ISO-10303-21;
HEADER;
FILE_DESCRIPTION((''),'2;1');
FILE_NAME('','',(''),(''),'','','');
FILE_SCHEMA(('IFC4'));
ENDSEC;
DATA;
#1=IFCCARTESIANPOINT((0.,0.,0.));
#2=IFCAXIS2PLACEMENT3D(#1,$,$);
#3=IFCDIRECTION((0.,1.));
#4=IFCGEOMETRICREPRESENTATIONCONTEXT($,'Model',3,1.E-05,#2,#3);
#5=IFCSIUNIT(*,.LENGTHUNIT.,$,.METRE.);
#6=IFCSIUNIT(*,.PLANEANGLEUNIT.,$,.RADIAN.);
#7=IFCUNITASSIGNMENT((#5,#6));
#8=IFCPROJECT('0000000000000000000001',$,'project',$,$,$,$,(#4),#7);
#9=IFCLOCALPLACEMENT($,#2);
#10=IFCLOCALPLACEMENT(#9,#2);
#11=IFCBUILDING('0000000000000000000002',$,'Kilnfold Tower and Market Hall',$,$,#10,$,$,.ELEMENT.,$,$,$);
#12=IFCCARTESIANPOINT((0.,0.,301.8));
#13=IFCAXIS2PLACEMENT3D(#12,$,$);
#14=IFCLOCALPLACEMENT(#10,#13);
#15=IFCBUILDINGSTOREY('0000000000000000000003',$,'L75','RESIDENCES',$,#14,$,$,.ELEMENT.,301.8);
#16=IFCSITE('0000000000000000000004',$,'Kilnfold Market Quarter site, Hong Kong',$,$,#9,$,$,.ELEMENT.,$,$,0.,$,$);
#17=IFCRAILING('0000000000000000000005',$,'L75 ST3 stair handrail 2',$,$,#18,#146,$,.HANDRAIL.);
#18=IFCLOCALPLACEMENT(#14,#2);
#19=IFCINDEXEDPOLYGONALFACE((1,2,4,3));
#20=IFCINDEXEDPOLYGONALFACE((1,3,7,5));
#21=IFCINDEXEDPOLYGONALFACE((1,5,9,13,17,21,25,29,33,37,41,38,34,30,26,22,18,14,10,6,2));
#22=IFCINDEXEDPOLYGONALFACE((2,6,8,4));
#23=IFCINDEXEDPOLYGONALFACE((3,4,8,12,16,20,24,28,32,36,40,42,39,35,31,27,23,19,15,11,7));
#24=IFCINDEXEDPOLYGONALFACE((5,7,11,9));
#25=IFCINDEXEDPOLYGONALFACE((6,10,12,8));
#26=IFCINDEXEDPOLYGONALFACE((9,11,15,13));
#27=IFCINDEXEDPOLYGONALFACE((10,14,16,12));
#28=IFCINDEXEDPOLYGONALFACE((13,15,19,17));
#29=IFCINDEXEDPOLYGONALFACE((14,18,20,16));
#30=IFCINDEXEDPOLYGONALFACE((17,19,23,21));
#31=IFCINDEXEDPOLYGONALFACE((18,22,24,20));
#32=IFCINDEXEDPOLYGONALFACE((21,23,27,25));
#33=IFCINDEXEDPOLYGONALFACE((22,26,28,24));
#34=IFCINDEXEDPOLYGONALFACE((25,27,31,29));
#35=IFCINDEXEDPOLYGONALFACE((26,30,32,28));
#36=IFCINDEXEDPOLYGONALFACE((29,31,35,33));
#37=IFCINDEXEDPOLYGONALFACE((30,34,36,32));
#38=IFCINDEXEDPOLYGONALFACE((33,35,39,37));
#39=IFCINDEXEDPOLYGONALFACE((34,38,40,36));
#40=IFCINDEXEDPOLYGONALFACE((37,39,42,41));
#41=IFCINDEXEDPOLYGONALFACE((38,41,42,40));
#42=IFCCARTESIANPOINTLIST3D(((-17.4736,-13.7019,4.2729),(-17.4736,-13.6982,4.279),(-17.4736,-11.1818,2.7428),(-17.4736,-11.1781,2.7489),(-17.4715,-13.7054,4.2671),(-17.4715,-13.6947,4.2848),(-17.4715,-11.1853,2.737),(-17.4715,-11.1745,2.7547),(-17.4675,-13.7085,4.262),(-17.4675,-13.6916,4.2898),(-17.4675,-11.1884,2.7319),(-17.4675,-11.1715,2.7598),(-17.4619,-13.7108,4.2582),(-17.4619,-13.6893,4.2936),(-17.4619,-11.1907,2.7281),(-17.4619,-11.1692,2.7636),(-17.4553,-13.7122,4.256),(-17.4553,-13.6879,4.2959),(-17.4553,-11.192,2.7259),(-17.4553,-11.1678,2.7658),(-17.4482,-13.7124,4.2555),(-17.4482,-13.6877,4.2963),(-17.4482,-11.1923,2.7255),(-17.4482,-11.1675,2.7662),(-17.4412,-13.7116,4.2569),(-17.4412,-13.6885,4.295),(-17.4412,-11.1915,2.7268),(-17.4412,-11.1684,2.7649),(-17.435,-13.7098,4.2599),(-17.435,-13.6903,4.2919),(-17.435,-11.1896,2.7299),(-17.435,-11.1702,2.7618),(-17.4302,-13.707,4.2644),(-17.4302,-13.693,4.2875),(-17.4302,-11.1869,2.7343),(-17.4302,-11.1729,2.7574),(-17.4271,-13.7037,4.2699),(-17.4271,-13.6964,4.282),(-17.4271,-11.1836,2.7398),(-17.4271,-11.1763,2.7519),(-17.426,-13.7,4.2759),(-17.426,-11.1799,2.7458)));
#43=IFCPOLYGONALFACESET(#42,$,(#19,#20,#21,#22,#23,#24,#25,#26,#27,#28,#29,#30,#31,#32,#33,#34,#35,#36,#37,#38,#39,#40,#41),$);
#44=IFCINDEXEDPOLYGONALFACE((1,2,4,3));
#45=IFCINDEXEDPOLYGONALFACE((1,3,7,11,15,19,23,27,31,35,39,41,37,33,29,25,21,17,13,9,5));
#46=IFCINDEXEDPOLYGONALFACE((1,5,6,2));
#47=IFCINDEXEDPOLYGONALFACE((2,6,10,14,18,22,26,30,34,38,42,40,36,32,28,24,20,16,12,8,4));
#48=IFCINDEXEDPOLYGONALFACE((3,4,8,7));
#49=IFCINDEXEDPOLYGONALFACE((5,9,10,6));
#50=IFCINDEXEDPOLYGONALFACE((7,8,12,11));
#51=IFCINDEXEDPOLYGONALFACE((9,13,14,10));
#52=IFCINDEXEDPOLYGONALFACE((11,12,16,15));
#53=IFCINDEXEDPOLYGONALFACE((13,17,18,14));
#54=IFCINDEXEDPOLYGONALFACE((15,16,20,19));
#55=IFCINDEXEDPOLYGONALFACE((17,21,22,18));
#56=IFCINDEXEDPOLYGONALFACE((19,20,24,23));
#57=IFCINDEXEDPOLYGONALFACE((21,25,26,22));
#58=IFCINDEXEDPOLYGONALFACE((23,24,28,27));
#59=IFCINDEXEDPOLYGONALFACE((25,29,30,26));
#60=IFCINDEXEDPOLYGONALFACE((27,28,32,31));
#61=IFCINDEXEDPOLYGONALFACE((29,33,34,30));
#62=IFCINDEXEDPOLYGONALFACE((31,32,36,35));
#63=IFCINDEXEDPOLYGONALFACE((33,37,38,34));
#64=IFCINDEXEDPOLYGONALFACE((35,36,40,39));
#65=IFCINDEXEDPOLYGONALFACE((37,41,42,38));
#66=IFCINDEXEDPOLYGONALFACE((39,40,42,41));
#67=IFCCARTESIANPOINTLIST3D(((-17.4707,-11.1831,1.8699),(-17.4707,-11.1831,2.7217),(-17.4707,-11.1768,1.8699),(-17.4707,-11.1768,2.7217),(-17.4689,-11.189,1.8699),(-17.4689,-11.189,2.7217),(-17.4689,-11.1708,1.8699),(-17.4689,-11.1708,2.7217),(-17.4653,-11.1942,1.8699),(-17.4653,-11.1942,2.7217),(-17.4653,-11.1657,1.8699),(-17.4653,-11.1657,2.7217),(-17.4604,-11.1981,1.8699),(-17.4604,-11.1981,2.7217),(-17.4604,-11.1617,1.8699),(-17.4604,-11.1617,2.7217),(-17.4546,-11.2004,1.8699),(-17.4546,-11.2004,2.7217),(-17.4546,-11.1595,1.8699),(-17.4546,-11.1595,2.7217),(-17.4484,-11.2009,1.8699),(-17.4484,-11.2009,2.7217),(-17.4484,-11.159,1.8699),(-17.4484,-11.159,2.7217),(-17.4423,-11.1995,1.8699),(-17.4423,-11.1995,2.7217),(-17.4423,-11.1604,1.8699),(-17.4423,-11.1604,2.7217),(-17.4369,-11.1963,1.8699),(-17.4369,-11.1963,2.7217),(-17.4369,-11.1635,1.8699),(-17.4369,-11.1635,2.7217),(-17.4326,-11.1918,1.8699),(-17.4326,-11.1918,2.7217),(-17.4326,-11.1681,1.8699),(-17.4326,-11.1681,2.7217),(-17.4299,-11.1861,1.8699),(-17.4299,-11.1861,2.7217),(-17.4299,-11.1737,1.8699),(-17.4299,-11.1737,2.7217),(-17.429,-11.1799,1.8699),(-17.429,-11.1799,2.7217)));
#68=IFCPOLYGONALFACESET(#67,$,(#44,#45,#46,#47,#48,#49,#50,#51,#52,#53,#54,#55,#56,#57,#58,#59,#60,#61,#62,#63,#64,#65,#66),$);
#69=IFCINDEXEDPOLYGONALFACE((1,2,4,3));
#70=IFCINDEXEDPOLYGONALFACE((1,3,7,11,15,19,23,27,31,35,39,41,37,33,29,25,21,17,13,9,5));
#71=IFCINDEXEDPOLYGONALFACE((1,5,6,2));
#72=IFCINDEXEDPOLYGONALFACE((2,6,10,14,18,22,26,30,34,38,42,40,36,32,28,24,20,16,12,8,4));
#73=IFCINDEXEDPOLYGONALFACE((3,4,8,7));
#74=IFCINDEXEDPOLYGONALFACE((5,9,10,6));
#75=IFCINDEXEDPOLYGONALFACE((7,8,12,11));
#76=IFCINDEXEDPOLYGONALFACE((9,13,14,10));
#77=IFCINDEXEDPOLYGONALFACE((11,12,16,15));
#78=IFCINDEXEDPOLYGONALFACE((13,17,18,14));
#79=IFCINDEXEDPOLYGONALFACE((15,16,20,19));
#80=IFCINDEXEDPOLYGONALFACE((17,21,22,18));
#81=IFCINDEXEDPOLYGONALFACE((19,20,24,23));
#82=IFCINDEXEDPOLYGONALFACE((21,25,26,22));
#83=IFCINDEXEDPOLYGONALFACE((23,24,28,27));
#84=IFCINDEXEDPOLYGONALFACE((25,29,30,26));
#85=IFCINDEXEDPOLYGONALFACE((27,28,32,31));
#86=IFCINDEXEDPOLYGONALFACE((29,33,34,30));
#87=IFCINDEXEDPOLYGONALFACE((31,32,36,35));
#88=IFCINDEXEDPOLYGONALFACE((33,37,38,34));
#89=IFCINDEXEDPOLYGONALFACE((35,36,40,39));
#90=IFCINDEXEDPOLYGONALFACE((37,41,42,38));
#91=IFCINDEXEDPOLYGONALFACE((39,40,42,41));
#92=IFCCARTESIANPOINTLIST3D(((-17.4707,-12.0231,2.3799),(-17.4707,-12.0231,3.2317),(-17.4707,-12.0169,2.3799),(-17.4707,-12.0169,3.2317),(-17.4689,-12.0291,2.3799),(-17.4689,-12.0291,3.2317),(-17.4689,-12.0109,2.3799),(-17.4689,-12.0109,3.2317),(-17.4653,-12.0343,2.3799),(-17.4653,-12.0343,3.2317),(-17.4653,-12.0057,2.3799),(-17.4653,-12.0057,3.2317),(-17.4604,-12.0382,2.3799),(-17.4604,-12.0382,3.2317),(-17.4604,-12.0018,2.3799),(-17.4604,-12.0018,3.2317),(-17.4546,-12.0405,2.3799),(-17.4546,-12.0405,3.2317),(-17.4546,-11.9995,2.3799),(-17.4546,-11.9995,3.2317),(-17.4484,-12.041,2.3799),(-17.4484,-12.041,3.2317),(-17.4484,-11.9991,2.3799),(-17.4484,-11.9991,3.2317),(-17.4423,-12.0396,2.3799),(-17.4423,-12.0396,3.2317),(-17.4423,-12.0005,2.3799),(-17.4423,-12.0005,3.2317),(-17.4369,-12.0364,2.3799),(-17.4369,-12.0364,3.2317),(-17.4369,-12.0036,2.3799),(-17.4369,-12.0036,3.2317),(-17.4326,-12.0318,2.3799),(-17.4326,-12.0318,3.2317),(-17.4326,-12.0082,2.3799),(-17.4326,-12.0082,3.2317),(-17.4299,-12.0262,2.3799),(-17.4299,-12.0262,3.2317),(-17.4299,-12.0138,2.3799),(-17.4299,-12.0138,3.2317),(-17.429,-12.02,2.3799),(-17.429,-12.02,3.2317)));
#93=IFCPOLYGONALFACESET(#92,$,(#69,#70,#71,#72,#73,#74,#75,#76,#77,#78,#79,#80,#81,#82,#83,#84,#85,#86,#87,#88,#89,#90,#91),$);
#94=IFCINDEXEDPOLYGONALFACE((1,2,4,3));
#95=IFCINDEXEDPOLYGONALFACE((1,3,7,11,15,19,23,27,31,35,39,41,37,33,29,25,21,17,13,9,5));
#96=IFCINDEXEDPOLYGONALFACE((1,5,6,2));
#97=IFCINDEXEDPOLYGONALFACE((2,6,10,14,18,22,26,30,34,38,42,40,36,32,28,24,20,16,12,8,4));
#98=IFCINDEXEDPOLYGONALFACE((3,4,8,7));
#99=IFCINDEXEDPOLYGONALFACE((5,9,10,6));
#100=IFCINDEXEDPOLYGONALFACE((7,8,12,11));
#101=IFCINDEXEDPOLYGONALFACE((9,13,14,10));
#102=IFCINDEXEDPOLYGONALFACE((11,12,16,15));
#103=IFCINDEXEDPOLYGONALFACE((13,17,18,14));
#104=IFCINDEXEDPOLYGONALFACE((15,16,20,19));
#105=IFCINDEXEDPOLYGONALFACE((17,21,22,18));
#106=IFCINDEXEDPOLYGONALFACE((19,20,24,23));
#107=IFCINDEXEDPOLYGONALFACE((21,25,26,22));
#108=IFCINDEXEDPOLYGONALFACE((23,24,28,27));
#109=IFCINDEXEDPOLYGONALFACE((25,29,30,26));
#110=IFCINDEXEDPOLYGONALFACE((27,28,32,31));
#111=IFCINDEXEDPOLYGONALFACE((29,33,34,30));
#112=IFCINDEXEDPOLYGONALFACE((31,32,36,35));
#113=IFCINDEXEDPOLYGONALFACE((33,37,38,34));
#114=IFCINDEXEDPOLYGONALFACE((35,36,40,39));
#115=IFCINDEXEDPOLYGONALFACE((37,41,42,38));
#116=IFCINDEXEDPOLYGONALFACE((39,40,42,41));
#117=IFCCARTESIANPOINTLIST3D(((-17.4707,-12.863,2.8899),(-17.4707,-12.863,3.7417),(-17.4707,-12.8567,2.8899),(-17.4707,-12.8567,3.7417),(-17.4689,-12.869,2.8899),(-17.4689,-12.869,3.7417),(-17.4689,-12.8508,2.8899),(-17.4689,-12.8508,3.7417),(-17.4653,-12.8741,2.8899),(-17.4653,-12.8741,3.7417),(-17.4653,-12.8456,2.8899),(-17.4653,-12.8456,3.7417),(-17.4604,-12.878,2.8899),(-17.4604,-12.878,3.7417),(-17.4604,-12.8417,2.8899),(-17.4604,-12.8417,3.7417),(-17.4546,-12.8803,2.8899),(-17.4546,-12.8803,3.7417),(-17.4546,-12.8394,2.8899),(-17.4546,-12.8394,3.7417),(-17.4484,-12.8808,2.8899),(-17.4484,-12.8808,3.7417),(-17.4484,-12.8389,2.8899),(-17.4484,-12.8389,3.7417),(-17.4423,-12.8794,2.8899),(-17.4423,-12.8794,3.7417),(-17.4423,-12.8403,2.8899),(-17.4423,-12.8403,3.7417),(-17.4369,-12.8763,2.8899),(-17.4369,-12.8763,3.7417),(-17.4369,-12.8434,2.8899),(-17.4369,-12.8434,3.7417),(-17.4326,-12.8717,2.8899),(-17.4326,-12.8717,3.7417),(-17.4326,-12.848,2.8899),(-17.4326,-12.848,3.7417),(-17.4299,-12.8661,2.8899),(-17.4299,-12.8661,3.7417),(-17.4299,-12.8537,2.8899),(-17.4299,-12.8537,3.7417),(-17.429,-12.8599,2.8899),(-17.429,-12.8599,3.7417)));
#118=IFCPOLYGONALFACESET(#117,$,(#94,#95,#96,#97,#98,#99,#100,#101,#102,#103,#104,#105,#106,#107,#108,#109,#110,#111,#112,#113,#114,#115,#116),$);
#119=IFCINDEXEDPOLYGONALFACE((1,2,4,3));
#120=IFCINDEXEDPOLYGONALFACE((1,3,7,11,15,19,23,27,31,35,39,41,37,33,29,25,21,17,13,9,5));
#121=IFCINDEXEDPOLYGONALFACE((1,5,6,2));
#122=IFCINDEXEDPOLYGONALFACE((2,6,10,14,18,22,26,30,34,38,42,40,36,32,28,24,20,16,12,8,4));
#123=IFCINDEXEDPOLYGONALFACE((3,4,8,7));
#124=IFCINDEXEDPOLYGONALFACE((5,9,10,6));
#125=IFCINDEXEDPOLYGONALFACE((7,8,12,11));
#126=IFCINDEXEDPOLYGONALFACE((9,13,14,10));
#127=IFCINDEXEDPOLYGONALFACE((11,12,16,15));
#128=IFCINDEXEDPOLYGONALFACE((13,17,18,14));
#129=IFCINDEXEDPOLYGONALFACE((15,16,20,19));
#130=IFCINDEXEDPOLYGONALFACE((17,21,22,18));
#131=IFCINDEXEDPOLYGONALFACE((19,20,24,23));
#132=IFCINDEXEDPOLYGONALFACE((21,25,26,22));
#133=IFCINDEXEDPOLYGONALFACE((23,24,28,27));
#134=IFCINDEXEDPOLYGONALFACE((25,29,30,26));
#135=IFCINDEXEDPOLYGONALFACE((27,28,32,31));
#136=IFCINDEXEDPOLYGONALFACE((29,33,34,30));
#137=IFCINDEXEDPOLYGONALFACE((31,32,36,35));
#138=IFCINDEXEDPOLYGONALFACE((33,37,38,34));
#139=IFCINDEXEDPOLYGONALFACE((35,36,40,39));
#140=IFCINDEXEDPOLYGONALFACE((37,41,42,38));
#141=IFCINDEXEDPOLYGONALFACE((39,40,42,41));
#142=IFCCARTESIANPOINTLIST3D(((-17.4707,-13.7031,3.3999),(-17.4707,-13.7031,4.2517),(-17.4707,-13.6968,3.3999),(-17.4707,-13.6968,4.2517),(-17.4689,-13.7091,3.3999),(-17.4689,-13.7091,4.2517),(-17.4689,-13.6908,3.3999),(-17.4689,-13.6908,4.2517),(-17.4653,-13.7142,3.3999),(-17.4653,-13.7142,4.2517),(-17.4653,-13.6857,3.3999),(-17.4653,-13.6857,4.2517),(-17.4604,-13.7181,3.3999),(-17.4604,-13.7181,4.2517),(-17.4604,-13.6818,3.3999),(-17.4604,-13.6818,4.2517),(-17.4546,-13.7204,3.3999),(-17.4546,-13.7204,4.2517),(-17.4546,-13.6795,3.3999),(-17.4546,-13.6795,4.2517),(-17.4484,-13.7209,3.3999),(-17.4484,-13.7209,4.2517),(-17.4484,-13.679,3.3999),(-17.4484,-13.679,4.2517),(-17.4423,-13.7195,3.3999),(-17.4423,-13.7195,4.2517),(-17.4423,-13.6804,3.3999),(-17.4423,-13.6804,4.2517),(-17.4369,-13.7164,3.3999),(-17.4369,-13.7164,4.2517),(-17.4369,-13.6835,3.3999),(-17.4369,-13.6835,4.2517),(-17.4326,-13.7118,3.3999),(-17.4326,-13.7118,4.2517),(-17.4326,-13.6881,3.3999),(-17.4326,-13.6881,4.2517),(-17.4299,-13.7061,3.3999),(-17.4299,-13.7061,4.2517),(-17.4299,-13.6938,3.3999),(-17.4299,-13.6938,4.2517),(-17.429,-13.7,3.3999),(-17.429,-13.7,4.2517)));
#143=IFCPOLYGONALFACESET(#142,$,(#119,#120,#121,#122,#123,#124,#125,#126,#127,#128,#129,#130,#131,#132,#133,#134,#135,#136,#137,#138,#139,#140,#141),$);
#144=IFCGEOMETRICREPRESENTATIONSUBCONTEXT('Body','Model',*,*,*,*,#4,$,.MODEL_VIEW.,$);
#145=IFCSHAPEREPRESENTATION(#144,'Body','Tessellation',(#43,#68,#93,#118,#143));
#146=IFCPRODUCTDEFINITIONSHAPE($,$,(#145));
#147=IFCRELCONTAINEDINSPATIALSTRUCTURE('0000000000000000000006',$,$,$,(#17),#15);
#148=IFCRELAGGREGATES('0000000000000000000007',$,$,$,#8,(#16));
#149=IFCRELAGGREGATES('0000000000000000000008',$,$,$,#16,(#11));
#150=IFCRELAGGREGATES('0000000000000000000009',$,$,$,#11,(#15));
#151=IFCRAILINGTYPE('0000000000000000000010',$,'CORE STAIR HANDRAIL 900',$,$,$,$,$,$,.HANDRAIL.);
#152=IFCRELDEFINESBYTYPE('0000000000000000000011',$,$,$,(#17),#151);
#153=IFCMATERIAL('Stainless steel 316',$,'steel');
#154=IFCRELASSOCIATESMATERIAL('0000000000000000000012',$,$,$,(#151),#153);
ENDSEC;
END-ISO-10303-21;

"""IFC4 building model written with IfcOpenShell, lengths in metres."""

from ifc_helpers import new_model, si_unit, direction, frame, origin, origin_2d, place, context, subcontext, project, spatial, circle, extrude, material, type_object, element, save


model = new_model("IFC4")

# Units and contexts
model_context = context("Model", 3, precision=1e-05, world=origin(), true_north=direction((0.0, 1.0)))
body_context = subcontext(model_context, "Body", "Model", "MODEL_VIEW")
ifc_project = project(units=[si_unit("LENGTHUNIT", "METRE"), si_unit("PLANEANGLEUNIT", "RADIAN")], contexts=[model_context])

# Site, building, storey
site_placement = place(None, origin())
site = spatial("IfcSite", under=ifc_project, at=site_placement, Name="Kilnfold Market Quarter site, Hong Kong", CompositionType="ELEMENT", RefElevation=0.0)
building_placement = place(site_placement, origin())
building = spatial("IfcBuilding", under=site, at=building_placement, Name="Kilnfold Tower and Market Hall", CompositionType="ELEMENT")
storey_placement = place(building_placement, frame((0.0, 0.0, 301.8)))
storey = spatial("IfcBuildingStorey", under=building, at=storey_placement, Name="L75", Description="RESIDENCES", CompositionType="ELEMENT", Elevation=301.8)

# Railing
ifc_material_1 = material(Name="Stainless steel 316", Category="steel")
railing_type_1 = type_object("IfcRailingType", Name="CORE STAIR HANDRAIL 900", PredefinedType="HANDRAIL", material=ifc_material_1)
railing_1_placement = place(storey_placement, frame((-17.45, -11.1799, 1.8699)))
element("IfcRailing", 1, at=railing_1_placement, inside=storey, type_object=railing_type_1, Name="L75 ST3 stair handrail 2", PredefinedType="HANDRAIL", context=body_context, shape_type="SweptSolid", body=[
    extrude(circle(Radius=0.0239, at=origin_2d()), frame((0.0, 0.0, 0.876), z_axis=(0.0, -0.854785, 0.518982), x_axis=(1.0, 0.0, 0.0)), (0.0, 0.0, 1.0), 2.9482),
    extrude(circle(Radius=0.021, at=origin_2d()), origin(), (0.0, 0.0, 1.0), 0.8518),
    extrude(circle(Radius=0.021, at=origin_2d()), frame((0.0, -0.8401, 0.51)), (0.0, 0.0, 1.0), 0.8518),
    extrude(circle(Radius=0.021, at=origin_2d()), frame((0.0, -1.6799, 1.02)), (0.0, 0.0, 1.0), 0.8518),
    extrude(circle(Radius=0.021, at=origin_2d()), frame((0.0, -2.52, 1.53)), (0.0, 0.0, 1.0), 0.8518),
])

save(model, "model.ifc")
